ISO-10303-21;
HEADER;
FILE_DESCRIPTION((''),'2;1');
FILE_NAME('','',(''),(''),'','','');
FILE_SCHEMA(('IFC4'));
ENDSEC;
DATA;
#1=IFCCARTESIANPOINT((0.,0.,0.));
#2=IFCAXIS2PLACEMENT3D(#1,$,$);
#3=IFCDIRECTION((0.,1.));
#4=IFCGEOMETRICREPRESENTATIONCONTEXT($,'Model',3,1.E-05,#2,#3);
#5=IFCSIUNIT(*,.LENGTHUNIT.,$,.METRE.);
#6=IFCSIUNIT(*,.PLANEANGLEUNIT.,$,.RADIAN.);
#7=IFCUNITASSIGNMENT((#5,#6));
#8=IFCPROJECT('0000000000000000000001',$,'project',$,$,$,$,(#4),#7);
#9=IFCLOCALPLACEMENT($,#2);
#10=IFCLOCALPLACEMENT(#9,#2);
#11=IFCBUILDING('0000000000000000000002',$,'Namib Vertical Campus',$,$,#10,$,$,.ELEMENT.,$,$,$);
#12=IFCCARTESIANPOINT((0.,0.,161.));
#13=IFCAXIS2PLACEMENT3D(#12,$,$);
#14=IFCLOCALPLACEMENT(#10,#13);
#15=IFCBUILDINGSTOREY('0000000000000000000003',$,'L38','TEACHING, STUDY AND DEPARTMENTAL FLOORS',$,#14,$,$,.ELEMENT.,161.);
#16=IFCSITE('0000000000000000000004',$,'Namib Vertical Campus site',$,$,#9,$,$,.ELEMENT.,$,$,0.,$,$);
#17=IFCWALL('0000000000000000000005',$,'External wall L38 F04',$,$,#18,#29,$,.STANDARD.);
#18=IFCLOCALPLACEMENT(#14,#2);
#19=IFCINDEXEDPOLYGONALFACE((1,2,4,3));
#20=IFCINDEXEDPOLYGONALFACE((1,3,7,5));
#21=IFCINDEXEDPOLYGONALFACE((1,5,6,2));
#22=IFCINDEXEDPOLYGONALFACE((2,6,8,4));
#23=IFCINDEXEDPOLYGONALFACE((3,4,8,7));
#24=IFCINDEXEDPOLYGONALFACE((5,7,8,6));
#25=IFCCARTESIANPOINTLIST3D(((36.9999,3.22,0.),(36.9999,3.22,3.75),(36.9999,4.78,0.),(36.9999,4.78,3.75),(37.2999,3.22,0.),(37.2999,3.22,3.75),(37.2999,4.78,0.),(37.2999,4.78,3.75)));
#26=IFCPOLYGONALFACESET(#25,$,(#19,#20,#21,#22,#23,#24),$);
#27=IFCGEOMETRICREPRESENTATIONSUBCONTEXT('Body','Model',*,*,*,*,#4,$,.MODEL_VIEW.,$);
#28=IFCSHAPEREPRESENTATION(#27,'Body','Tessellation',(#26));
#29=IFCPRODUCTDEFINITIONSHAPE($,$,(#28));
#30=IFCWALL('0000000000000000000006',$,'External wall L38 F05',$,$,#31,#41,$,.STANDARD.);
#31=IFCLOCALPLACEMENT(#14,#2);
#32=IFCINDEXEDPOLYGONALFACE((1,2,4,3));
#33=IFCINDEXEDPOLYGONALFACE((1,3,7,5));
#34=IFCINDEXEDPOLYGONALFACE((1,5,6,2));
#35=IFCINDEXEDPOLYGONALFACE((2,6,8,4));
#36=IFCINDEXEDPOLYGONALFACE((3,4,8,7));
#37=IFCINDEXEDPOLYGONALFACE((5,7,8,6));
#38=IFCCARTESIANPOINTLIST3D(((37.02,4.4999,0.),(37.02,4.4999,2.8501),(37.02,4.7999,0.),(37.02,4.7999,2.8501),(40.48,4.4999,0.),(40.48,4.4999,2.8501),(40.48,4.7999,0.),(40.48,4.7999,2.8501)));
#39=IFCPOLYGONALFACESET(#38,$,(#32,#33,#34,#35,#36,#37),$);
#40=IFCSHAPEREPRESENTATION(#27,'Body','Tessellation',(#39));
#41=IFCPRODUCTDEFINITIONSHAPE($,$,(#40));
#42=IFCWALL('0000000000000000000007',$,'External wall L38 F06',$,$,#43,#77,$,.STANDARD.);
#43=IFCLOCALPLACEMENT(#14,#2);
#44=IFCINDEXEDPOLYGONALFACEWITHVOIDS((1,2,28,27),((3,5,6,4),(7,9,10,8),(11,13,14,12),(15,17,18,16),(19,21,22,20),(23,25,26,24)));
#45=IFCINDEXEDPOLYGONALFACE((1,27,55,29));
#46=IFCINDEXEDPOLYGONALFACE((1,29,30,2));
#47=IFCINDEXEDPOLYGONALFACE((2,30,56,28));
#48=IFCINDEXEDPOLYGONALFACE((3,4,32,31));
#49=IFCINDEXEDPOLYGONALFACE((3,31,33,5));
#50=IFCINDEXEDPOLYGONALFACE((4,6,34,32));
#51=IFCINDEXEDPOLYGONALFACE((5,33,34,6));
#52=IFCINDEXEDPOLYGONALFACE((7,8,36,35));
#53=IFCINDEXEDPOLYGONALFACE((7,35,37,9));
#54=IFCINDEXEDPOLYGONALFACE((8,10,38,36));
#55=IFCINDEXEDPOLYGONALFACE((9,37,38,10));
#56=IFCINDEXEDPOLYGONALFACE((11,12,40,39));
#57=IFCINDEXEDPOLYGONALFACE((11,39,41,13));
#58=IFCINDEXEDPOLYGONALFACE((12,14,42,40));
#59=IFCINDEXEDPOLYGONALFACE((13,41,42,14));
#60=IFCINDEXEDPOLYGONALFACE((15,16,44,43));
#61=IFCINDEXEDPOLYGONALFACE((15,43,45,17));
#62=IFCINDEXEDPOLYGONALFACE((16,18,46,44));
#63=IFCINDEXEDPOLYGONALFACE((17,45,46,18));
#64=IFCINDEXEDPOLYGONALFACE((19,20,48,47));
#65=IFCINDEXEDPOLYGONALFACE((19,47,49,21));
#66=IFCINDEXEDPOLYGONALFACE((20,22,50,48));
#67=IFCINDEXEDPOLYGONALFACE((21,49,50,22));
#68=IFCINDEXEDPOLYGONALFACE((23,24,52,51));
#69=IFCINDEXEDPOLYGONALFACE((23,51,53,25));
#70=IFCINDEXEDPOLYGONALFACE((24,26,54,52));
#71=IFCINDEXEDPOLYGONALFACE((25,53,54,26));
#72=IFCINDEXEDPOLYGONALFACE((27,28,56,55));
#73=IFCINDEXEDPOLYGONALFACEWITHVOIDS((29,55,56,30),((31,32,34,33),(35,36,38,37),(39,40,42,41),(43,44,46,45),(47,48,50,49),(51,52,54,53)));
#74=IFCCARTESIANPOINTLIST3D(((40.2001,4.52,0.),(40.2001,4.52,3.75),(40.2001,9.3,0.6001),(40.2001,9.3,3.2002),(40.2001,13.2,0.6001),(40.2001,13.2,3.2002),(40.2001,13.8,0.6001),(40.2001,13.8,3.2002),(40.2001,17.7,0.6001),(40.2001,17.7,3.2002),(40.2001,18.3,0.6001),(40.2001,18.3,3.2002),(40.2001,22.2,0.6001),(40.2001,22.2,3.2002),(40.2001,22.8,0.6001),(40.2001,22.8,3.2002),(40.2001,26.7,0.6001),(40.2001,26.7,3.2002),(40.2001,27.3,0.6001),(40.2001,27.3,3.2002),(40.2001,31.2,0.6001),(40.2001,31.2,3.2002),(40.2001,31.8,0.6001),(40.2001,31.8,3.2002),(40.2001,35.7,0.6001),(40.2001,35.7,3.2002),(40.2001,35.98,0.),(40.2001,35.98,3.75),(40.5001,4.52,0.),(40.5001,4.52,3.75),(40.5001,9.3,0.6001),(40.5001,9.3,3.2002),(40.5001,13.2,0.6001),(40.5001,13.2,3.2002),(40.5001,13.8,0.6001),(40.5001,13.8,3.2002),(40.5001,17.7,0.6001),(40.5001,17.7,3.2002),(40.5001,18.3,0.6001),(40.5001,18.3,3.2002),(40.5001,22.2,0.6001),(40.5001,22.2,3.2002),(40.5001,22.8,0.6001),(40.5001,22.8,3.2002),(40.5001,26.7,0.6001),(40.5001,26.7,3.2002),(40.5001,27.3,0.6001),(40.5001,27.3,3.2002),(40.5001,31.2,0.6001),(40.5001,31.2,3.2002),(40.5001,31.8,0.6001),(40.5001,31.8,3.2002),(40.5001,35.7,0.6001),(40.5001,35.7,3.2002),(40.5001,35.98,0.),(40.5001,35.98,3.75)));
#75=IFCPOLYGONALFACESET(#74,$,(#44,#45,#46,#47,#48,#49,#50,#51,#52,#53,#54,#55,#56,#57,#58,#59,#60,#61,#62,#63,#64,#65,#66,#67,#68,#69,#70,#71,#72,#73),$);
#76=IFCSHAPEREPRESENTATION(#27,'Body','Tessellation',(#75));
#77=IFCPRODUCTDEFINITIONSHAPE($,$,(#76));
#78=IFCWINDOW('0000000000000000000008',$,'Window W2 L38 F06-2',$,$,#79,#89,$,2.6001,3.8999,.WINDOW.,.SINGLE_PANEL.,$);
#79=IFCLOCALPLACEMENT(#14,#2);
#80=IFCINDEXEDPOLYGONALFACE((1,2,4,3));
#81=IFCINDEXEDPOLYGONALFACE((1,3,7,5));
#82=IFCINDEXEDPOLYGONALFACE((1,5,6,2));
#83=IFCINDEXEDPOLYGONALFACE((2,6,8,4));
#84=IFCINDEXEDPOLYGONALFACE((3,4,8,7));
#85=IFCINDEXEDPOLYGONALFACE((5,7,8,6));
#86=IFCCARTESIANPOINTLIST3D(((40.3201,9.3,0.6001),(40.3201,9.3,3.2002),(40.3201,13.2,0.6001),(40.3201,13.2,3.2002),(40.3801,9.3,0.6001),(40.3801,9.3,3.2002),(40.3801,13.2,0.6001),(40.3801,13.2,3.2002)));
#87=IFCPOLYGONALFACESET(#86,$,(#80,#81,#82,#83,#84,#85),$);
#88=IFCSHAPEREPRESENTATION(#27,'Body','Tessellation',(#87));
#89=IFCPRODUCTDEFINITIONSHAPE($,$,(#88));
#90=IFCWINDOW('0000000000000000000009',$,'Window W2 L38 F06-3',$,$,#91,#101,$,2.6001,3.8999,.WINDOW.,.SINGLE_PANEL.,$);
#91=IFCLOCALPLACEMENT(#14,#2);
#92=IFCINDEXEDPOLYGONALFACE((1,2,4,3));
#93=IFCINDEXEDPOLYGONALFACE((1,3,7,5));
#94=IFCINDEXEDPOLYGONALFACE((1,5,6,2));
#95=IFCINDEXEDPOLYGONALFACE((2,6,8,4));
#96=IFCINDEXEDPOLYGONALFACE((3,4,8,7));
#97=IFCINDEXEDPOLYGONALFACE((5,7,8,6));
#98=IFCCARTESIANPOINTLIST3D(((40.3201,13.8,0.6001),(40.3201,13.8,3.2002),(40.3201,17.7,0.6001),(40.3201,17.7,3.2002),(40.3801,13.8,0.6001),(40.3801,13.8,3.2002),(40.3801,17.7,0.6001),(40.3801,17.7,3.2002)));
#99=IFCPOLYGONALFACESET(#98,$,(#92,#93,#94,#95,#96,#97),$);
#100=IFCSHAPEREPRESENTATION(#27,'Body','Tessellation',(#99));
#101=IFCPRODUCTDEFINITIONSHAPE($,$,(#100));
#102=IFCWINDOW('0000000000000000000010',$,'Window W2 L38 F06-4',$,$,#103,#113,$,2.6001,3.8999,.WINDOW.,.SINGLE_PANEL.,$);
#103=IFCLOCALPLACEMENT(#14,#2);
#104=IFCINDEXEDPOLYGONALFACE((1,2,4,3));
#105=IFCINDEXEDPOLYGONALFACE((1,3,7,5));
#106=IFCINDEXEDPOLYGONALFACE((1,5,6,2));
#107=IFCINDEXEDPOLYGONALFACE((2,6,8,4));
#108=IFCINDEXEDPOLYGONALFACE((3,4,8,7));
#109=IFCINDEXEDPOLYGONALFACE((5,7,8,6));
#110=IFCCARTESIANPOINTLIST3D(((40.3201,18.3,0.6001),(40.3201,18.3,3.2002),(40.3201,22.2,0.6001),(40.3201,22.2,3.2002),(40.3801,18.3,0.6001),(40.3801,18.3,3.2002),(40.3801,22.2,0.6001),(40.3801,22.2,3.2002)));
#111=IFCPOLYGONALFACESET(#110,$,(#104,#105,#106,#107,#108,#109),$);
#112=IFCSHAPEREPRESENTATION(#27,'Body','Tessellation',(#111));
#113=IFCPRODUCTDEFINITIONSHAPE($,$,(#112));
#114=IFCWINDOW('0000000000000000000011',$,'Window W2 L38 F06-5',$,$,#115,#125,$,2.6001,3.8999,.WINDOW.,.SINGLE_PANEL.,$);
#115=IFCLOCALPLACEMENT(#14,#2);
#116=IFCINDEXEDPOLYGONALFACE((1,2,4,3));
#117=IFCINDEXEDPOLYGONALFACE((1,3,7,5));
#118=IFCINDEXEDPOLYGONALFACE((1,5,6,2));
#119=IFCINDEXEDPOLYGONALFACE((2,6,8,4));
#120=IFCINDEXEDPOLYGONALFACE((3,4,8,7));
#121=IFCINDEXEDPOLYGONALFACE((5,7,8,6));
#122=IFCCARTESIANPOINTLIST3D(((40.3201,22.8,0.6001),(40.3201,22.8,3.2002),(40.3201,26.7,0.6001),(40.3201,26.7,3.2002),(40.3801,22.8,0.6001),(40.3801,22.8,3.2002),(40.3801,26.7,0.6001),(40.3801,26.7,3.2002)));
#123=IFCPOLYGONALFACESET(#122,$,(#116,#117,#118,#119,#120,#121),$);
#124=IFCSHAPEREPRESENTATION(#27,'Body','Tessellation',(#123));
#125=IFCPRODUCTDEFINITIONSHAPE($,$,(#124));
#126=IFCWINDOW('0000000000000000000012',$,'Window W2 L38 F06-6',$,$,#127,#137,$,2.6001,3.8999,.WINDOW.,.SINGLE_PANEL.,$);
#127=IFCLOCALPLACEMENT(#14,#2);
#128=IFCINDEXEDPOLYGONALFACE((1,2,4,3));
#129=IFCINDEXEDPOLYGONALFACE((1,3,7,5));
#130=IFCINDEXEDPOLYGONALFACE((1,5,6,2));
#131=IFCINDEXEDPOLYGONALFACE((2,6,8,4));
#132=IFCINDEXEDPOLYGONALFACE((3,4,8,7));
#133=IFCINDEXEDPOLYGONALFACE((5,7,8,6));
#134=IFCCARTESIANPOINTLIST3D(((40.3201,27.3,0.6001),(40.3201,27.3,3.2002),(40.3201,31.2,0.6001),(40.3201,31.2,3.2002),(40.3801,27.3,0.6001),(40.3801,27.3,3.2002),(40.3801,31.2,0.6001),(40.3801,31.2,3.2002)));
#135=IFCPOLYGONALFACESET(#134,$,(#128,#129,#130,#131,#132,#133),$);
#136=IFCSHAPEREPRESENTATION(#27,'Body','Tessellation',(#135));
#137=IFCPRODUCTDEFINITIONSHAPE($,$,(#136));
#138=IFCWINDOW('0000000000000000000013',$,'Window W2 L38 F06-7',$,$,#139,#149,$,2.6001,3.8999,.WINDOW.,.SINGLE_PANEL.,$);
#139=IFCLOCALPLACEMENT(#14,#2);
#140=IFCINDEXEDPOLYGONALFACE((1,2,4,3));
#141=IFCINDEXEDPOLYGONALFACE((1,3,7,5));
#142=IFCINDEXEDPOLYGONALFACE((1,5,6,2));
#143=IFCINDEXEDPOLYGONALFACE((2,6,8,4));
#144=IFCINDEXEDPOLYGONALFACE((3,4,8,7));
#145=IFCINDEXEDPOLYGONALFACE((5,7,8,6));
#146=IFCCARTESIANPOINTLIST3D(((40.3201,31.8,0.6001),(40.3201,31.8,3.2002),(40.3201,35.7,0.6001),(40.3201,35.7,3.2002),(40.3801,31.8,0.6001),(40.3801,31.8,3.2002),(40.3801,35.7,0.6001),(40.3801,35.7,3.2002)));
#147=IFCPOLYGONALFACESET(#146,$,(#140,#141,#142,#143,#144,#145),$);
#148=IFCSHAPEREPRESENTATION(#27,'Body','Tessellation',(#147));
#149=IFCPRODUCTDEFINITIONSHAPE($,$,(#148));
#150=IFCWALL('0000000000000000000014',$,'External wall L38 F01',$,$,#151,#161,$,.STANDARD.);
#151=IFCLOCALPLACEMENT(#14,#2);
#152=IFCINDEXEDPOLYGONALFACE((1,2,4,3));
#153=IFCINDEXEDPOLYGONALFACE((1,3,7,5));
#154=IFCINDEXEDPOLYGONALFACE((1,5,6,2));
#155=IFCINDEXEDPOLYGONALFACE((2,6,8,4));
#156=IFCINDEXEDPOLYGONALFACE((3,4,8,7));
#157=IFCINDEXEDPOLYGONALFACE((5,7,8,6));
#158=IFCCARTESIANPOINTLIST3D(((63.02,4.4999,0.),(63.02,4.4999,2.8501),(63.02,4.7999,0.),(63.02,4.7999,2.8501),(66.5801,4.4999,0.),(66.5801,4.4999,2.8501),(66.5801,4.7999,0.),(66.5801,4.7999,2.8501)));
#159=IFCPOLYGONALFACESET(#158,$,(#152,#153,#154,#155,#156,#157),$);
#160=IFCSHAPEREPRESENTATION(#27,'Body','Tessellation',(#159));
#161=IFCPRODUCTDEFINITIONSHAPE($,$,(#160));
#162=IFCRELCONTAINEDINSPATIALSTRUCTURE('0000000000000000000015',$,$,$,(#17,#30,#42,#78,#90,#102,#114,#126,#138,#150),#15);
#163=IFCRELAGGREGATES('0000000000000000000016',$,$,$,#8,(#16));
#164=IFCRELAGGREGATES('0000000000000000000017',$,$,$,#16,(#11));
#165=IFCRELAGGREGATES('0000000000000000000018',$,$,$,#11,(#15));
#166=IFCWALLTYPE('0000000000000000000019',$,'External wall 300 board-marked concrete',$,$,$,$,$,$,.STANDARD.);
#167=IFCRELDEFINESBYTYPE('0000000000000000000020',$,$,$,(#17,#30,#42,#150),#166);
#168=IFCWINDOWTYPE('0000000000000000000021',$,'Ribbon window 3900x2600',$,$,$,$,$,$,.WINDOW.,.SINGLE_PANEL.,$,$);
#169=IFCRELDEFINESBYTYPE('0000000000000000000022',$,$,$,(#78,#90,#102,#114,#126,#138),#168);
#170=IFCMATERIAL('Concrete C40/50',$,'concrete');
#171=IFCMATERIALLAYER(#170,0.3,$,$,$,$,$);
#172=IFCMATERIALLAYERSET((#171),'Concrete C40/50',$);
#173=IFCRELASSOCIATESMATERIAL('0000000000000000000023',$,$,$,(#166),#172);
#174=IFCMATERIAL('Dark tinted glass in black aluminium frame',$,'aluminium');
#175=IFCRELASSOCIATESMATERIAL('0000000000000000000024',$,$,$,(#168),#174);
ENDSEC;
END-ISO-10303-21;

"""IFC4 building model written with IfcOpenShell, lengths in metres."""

from ifc_helpers import new_model, si_unit, direction, frame, frame_2d, origin, place, context, subcontext, project, spatial, rectangle, extrude, material, layer, layer_set, type_object, element, fill, save


model = new_model("IFC4")

# Units and contexts
model_context = context("Model", 3, precision=1e-05, world=origin(), true_north=direction((0.0, 1.0)))
body_context = subcontext(model_context, "Body", "Model", "MODEL_VIEW")
ifc_project = project(units=[si_unit("LENGTHUNIT", "METRE"), si_unit("PLANEANGLEUNIT", "RADIAN")], contexts=[model_context])

# Site, building, storey
site_placement = place(None, origin())
site = spatial("IfcSite", under=ifc_project, at=site_placement, Name="Namib Vertical Campus site", CompositionType="ELEMENT", RefElevation=0.0)
building_placement = place(site_placement, origin())
building = spatial("IfcBuilding", under=site, at=building_placement, Name="Namib Vertical Campus", CompositionType="ELEMENT")
storey_placement = place(building_placement, frame((0.0, 0.0, 161.0)))
storey = spatial("IfcBuildingStorey", under=building, at=storey_placement, Name="L38", Description="TEACHING, STUDY AND DEPARTMENTAL FLOORS", CompositionType="ELEMENT", Elevation=161.0)

# Walls
ifc_material_1 = material(Name="Concrete C40/50", Category="concrete")
ifc_layer_1 = layer(ifc_material_1, 0.3)
ifc_layer_set_1 = layer_set([ifc_layer_1], Name="Concrete C40/50")
wall_type_1 = type_object("IfcWallType", Name="External wall 300 board-marked concrete", PredefinedType="STANDARD", material=ifc_layer_set_1)
wall_1_placement = place(storey_placement, frame((37.1499, 3.22, 0.0), z_axis=(0.0, 0.0, 1.0), x_axis=(0.0, 1.0, 0.0)))
element("IfcWall", 1, at=wall_1_placement, inside=storey, type_object=wall_type_1, Name="External wall L38 F04", PredefinedType="STANDARD", context=body_context, shape_type="SweptSolid", body=[
    extrude(rectangle(XDim=1.5601, YDim=0.3, at=frame_2d((0.78, 0.0))), origin(), (0.0, 0.0, 1.0), 3.75),
])
wall_2_placement = place(storey_placement, frame((37.02, 4.6499, 0.0), z_axis=(0.0, 0.0, 1.0), x_axis=(1.0, 0.0, 0.0)))
element("IfcWall", 2, at=wall_2_placement, inside=storey, type_object=wall_type_1, Name="External wall L38 F05", PredefinedType="STANDARD", context=body_context, shape_type="SweptSolid", body=[
    extrude(rectangle(XDim=3.46, YDim=0.3, at=frame_2d((1.73, 0.0))), origin(), (0.0, 0.0, 1.0), 2.8501),
])

# Wall, openings, windows
wall_3_placement = place(storey_placement, frame((40.3501, 4.52, 0.0), z_axis=(0.0, 0.0, 1.0), x_axis=(0.0, 1.0, 0.0)))
wall_3 = element("IfcWall", 3, at=wall_3_placement, inside=storey, type_object=wall_type_1, Name="External wall L38 F06", PredefinedType="STANDARD", context=body_context, shape_type="SweptSolid", body=[
    extrude(rectangle(XDim=31.46, YDim=0.3, at=frame_2d((15.73, 0.0))), origin(), (0.0, 0.0, 1.0), 3.75),
])
opening_1_placement = place(wall_3_placement, frame((4.78, 0.0, 0.6001)))
opening_1 = element("IfcOpeningElement", 4, at=opening_1_placement, cuts=wall_3, PredefinedType="OPENING", context=body_context, shape_type="SweptSolid", body=[
    extrude(rectangle(XDim=3.8999, YDim=2.6001, at=frame_2d((1.95, 1.3))), frame((0.0, 0.1599, 0.0), z_axis=(0.0, -1.0, 0.0), x_axis=(1.0, 0.0, 0.0)), (0.0, 0.0, 1.0), 0.3201),
])
opening_2_placement = place(wall_3_placement, frame((9.28, 0.0, 0.6001)))
opening_2 = element("IfcOpeningElement", 5, at=opening_2_placement, cuts=wall_3, PredefinedType="OPENING", context=body_context, shape_type="SweptSolid", body=[
    extrude(rectangle(XDim=3.8999, YDim=2.6001, at=frame_2d((1.95, 1.3))), frame((0.0, 0.1599, 0.0), z_axis=(0.0, -1.0, 0.0), x_axis=(1.0, 0.0, 0.0)), (0.0, 0.0, 1.0), 0.3201),
])
opening_3_placement = place(wall_3_placement, frame((13.78, 0.0, 0.6001)))
opening_3 = element("IfcOpeningElement", 6, at=opening_3_placement, cuts=wall_3, PredefinedType="OPENING", context=body_context, shape_type="SweptSolid", body=[
    extrude(rectangle(XDim=3.8999, YDim=2.6001, at=frame_2d((1.95, 1.3))), frame((0.0, 0.1599, 0.0), z_axis=(0.0, -1.0, 0.0), x_axis=(1.0, 0.0, 0.0)), (0.0, 0.0, 1.0), 0.3201),
])
opening_4_placement = place(wall_3_placement, frame((18.28, 0.0, 0.6001)))
opening_4 = element("IfcOpeningElement", 7, at=opening_4_placement, cuts=wall_3, PredefinedType="OPENING", context=body_context, shape_type="SweptSolid", body=[
    extrude(rectangle(XDim=3.8999, YDim=2.6001, at=frame_2d((1.95, 1.3))), frame((0.0, 0.1599, 0.0), z_axis=(0.0, -1.0, 0.0), x_axis=(1.0, 0.0, 0.0)), (0.0, 0.0, 1.0), 0.3201),
])
opening_5_placement = place(wall_3_placement, frame((22.78, 0.0, 0.6001)))
opening_5 = element("IfcOpeningElement", 8, at=opening_5_placement, cuts=wall_3, PredefinedType="OPENING", context=body_context, shape_type="SweptSolid", body=[
    extrude(rectangle(XDim=3.8999, YDim=2.6001, at=frame_2d((1.95, 1.3))), frame((0.0, 0.1599, 0.0), z_axis=(0.0, -1.0, 0.0), x_axis=(1.0, 0.0, 0.0)), (0.0, 0.0, 1.0), 0.3201),
])
opening_6_placement = place(wall_3_placement, frame((27.28, 0.0, 0.6001)))
opening_6 = element("IfcOpeningElement", 9, at=opening_6_placement, cuts=wall_3, PredefinedType="OPENING", context=body_context, shape_type="SweptSolid", body=[
    extrude(rectangle(XDim=3.8999, YDim=2.6001, at=frame_2d((1.95, 1.3))), frame((0.0, 0.1599, 0.0), z_axis=(0.0, -1.0, 0.0), x_axis=(1.0, 0.0, 0.0)), (0.0, 0.0, 1.0), 0.3201),
])
ifc_material_2 = material(Name="Dark tinted glass in black aluminium frame", Category="aluminium")
window_type = type_object("IfcWindowType", Name="Ribbon window 3900x2600", PartitioningType="SINGLE_PANEL", PredefinedType="WINDOW", material=ifc_material_2)
window_1_placement = place(opening_1_placement, origin())
window_1 = element("IfcWindow", 10, at=window_1_placement, inside=storey, type_object=window_type, Name="Window W2 L38 F06-2", OverallHeight=2.6001, OverallWidth=3.8999, PartitioningType="SINGLE_PANEL", PredefinedType="WINDOW", context=body_context, shape_type="SweptSolid", body=[
    extrude(rectangle(XDim=3.8999, YDim=2.6001, at=frame_2d((1.95, 1.3))), frame((0.0, 0.03, 0.0), z_axis=(0.0, -1.0, 0.0), x_axis=(1.0, 0.0, 0.0)), (0.0, 0.0, 1.0), 0.0601),
])
fill(opening_1, window_1)
window_2_placement = place(opening_2_placement, origin())
window_2 = element("IfcWindow", 11, at=window_2_placement, inside=storey, type_object=window_type, Name="Window W2 L38 F06-3", OverallHeight=2.6001, OverallWidth=3.8999, PartitioningType="SINGLE_PANEL", PredefinedType="WINDOW", context=body_context, shape_type="SweptSolid", body=[
    extrude(rectangle(XDim=3.8999, YDim=2.6001, at=frame_2d((1.95, 1.3))), frame((0.0, 0.03, 0.0), z_axis=(0.0, -1.0, 0.0), x_axis=(1.0, 0.0, 0.0)), (0.0, 0.0, 1.0), 0.0601),
])
fill(opening_2, window_2)
window_3_placement = place(opening_3_placement, origin())
window_3 = element("IfcWindow", 12, at=window_3_placement, inside=storey, type_object=window_type, Name="Window W2 L38 F06-4", OverallHeight=2.6001, OverallWidth=3.8999, PartitioningType="SINGLE_PANEL", PredefinedType="WINDOW", context=body_context, shape_type="SweptSolid", body=[
    extrude(rectangle(XDim=3.8999, YDim=2.6001, at=frame_2d((1.95, 1.3))), frame((0.0, 0.03, 0.0), z_axis=(0.0, -1.0, 0.0), x_axis=(1.0, 0.0, 0.0)), (0.0, 0.0, 1.0), 0.0601),
])
fill(opening_3, window_3)
window_4_placement = place(opening_4_placement, origin())
window_4 = element("IfcWindow", 13, at=window_4_placement, inside=storey, type_object=window_type, Name="Window W2 L38 F06-5", OverallHeight=2.6001, OverallWidth=3.8999, PartitioningType="SINGLE_PANEL", PredefinedType="WINDOW", context=body_context, shape_type="SweptSolid", body=[
    extrude(rectangle(XDim=3.8999, YDim=2.6001, at=frame_2d((1.95, 1.3))), frame((0.0, 0.03, 0.0), z_axis=(0.0, -1.0, 0.0), x_axis=(1.0, 0.0, 0.0)), (0.0, 0.0, 1.0), 0.0601),
])
fill(opening_4, window_4)
window_5_placement = place(opening_5_placement, origin())
window_5 = element("IfcWindow", 14, at=window_5_placement, inside=storey, type_object=window_type, Name="Window W2 L38 F06-6", OverallHeight=2.6001, OverallWidth=3.8999, PartitioningType="SINGLE_PANEL", PredefinedType="WINDOW", context=body_context, shape_type="SweptSolid", body=[
    extrude(rectangle(XDim=3.8999, YDim=2.6001, at=frame_2d((1.95, 1.3))), frame((0.0, 0.03, 0.0), z_axis=(0.0, -1.0, 0.0), x_axis=(1.0, 0.0, 0.0)), (0.0, 0.0, 1.0), 0.0601),
])
fill(opening_5, window_5)
window_6_placement = place(opening_6_placement, origin())
window_6 = element("IfcWindow", 15, at=window_6_placement, inside=storey, type_object=window_type, Name="Window W2 L38 F06-7", OverallHeight=2.6001, OverallWidth=3.8999, PartitioningType="SINGLE_PANEL", PredefinedType="WINDOW", context=body_context, shape_type="SweptSolid", body=[
    extrude(rectangle(XDim=3.8999, YDim=2.6001, at=frame_2d((1.95, 1.3))), frame((0.0, 0.03, 0.0), z_axis=(0.0, -1.0, 0.0), x_axis=(1.0, 0.0, 0.0)), (0.0, 0.0, 1.0), 0.0601),
])
fill(opening_6, window_6)

# Wall
wall_4_placement = place(storey_placement, frame((63.02, 4.6499, 0.0), z_axis=(0.0, 0.0, 1.0), x_axis=(1.0, 0.0, 0.0)))
element("IfcWall", 16, at=wall_4_placement, inside=storey, type_object=wall_type_1, Name="External wall L38 F01", PredefinedType="STANDARD", context=body_context, shape_type="SweptSolid", body=[
    extrude(rectangle(XDim=3.5601, YDim=0.3, at=frame_2d((1.78, 0.0))), origin(), (0.0, 0.0, 1.0), 2.8501),
])

save(model, "model.ifc")
